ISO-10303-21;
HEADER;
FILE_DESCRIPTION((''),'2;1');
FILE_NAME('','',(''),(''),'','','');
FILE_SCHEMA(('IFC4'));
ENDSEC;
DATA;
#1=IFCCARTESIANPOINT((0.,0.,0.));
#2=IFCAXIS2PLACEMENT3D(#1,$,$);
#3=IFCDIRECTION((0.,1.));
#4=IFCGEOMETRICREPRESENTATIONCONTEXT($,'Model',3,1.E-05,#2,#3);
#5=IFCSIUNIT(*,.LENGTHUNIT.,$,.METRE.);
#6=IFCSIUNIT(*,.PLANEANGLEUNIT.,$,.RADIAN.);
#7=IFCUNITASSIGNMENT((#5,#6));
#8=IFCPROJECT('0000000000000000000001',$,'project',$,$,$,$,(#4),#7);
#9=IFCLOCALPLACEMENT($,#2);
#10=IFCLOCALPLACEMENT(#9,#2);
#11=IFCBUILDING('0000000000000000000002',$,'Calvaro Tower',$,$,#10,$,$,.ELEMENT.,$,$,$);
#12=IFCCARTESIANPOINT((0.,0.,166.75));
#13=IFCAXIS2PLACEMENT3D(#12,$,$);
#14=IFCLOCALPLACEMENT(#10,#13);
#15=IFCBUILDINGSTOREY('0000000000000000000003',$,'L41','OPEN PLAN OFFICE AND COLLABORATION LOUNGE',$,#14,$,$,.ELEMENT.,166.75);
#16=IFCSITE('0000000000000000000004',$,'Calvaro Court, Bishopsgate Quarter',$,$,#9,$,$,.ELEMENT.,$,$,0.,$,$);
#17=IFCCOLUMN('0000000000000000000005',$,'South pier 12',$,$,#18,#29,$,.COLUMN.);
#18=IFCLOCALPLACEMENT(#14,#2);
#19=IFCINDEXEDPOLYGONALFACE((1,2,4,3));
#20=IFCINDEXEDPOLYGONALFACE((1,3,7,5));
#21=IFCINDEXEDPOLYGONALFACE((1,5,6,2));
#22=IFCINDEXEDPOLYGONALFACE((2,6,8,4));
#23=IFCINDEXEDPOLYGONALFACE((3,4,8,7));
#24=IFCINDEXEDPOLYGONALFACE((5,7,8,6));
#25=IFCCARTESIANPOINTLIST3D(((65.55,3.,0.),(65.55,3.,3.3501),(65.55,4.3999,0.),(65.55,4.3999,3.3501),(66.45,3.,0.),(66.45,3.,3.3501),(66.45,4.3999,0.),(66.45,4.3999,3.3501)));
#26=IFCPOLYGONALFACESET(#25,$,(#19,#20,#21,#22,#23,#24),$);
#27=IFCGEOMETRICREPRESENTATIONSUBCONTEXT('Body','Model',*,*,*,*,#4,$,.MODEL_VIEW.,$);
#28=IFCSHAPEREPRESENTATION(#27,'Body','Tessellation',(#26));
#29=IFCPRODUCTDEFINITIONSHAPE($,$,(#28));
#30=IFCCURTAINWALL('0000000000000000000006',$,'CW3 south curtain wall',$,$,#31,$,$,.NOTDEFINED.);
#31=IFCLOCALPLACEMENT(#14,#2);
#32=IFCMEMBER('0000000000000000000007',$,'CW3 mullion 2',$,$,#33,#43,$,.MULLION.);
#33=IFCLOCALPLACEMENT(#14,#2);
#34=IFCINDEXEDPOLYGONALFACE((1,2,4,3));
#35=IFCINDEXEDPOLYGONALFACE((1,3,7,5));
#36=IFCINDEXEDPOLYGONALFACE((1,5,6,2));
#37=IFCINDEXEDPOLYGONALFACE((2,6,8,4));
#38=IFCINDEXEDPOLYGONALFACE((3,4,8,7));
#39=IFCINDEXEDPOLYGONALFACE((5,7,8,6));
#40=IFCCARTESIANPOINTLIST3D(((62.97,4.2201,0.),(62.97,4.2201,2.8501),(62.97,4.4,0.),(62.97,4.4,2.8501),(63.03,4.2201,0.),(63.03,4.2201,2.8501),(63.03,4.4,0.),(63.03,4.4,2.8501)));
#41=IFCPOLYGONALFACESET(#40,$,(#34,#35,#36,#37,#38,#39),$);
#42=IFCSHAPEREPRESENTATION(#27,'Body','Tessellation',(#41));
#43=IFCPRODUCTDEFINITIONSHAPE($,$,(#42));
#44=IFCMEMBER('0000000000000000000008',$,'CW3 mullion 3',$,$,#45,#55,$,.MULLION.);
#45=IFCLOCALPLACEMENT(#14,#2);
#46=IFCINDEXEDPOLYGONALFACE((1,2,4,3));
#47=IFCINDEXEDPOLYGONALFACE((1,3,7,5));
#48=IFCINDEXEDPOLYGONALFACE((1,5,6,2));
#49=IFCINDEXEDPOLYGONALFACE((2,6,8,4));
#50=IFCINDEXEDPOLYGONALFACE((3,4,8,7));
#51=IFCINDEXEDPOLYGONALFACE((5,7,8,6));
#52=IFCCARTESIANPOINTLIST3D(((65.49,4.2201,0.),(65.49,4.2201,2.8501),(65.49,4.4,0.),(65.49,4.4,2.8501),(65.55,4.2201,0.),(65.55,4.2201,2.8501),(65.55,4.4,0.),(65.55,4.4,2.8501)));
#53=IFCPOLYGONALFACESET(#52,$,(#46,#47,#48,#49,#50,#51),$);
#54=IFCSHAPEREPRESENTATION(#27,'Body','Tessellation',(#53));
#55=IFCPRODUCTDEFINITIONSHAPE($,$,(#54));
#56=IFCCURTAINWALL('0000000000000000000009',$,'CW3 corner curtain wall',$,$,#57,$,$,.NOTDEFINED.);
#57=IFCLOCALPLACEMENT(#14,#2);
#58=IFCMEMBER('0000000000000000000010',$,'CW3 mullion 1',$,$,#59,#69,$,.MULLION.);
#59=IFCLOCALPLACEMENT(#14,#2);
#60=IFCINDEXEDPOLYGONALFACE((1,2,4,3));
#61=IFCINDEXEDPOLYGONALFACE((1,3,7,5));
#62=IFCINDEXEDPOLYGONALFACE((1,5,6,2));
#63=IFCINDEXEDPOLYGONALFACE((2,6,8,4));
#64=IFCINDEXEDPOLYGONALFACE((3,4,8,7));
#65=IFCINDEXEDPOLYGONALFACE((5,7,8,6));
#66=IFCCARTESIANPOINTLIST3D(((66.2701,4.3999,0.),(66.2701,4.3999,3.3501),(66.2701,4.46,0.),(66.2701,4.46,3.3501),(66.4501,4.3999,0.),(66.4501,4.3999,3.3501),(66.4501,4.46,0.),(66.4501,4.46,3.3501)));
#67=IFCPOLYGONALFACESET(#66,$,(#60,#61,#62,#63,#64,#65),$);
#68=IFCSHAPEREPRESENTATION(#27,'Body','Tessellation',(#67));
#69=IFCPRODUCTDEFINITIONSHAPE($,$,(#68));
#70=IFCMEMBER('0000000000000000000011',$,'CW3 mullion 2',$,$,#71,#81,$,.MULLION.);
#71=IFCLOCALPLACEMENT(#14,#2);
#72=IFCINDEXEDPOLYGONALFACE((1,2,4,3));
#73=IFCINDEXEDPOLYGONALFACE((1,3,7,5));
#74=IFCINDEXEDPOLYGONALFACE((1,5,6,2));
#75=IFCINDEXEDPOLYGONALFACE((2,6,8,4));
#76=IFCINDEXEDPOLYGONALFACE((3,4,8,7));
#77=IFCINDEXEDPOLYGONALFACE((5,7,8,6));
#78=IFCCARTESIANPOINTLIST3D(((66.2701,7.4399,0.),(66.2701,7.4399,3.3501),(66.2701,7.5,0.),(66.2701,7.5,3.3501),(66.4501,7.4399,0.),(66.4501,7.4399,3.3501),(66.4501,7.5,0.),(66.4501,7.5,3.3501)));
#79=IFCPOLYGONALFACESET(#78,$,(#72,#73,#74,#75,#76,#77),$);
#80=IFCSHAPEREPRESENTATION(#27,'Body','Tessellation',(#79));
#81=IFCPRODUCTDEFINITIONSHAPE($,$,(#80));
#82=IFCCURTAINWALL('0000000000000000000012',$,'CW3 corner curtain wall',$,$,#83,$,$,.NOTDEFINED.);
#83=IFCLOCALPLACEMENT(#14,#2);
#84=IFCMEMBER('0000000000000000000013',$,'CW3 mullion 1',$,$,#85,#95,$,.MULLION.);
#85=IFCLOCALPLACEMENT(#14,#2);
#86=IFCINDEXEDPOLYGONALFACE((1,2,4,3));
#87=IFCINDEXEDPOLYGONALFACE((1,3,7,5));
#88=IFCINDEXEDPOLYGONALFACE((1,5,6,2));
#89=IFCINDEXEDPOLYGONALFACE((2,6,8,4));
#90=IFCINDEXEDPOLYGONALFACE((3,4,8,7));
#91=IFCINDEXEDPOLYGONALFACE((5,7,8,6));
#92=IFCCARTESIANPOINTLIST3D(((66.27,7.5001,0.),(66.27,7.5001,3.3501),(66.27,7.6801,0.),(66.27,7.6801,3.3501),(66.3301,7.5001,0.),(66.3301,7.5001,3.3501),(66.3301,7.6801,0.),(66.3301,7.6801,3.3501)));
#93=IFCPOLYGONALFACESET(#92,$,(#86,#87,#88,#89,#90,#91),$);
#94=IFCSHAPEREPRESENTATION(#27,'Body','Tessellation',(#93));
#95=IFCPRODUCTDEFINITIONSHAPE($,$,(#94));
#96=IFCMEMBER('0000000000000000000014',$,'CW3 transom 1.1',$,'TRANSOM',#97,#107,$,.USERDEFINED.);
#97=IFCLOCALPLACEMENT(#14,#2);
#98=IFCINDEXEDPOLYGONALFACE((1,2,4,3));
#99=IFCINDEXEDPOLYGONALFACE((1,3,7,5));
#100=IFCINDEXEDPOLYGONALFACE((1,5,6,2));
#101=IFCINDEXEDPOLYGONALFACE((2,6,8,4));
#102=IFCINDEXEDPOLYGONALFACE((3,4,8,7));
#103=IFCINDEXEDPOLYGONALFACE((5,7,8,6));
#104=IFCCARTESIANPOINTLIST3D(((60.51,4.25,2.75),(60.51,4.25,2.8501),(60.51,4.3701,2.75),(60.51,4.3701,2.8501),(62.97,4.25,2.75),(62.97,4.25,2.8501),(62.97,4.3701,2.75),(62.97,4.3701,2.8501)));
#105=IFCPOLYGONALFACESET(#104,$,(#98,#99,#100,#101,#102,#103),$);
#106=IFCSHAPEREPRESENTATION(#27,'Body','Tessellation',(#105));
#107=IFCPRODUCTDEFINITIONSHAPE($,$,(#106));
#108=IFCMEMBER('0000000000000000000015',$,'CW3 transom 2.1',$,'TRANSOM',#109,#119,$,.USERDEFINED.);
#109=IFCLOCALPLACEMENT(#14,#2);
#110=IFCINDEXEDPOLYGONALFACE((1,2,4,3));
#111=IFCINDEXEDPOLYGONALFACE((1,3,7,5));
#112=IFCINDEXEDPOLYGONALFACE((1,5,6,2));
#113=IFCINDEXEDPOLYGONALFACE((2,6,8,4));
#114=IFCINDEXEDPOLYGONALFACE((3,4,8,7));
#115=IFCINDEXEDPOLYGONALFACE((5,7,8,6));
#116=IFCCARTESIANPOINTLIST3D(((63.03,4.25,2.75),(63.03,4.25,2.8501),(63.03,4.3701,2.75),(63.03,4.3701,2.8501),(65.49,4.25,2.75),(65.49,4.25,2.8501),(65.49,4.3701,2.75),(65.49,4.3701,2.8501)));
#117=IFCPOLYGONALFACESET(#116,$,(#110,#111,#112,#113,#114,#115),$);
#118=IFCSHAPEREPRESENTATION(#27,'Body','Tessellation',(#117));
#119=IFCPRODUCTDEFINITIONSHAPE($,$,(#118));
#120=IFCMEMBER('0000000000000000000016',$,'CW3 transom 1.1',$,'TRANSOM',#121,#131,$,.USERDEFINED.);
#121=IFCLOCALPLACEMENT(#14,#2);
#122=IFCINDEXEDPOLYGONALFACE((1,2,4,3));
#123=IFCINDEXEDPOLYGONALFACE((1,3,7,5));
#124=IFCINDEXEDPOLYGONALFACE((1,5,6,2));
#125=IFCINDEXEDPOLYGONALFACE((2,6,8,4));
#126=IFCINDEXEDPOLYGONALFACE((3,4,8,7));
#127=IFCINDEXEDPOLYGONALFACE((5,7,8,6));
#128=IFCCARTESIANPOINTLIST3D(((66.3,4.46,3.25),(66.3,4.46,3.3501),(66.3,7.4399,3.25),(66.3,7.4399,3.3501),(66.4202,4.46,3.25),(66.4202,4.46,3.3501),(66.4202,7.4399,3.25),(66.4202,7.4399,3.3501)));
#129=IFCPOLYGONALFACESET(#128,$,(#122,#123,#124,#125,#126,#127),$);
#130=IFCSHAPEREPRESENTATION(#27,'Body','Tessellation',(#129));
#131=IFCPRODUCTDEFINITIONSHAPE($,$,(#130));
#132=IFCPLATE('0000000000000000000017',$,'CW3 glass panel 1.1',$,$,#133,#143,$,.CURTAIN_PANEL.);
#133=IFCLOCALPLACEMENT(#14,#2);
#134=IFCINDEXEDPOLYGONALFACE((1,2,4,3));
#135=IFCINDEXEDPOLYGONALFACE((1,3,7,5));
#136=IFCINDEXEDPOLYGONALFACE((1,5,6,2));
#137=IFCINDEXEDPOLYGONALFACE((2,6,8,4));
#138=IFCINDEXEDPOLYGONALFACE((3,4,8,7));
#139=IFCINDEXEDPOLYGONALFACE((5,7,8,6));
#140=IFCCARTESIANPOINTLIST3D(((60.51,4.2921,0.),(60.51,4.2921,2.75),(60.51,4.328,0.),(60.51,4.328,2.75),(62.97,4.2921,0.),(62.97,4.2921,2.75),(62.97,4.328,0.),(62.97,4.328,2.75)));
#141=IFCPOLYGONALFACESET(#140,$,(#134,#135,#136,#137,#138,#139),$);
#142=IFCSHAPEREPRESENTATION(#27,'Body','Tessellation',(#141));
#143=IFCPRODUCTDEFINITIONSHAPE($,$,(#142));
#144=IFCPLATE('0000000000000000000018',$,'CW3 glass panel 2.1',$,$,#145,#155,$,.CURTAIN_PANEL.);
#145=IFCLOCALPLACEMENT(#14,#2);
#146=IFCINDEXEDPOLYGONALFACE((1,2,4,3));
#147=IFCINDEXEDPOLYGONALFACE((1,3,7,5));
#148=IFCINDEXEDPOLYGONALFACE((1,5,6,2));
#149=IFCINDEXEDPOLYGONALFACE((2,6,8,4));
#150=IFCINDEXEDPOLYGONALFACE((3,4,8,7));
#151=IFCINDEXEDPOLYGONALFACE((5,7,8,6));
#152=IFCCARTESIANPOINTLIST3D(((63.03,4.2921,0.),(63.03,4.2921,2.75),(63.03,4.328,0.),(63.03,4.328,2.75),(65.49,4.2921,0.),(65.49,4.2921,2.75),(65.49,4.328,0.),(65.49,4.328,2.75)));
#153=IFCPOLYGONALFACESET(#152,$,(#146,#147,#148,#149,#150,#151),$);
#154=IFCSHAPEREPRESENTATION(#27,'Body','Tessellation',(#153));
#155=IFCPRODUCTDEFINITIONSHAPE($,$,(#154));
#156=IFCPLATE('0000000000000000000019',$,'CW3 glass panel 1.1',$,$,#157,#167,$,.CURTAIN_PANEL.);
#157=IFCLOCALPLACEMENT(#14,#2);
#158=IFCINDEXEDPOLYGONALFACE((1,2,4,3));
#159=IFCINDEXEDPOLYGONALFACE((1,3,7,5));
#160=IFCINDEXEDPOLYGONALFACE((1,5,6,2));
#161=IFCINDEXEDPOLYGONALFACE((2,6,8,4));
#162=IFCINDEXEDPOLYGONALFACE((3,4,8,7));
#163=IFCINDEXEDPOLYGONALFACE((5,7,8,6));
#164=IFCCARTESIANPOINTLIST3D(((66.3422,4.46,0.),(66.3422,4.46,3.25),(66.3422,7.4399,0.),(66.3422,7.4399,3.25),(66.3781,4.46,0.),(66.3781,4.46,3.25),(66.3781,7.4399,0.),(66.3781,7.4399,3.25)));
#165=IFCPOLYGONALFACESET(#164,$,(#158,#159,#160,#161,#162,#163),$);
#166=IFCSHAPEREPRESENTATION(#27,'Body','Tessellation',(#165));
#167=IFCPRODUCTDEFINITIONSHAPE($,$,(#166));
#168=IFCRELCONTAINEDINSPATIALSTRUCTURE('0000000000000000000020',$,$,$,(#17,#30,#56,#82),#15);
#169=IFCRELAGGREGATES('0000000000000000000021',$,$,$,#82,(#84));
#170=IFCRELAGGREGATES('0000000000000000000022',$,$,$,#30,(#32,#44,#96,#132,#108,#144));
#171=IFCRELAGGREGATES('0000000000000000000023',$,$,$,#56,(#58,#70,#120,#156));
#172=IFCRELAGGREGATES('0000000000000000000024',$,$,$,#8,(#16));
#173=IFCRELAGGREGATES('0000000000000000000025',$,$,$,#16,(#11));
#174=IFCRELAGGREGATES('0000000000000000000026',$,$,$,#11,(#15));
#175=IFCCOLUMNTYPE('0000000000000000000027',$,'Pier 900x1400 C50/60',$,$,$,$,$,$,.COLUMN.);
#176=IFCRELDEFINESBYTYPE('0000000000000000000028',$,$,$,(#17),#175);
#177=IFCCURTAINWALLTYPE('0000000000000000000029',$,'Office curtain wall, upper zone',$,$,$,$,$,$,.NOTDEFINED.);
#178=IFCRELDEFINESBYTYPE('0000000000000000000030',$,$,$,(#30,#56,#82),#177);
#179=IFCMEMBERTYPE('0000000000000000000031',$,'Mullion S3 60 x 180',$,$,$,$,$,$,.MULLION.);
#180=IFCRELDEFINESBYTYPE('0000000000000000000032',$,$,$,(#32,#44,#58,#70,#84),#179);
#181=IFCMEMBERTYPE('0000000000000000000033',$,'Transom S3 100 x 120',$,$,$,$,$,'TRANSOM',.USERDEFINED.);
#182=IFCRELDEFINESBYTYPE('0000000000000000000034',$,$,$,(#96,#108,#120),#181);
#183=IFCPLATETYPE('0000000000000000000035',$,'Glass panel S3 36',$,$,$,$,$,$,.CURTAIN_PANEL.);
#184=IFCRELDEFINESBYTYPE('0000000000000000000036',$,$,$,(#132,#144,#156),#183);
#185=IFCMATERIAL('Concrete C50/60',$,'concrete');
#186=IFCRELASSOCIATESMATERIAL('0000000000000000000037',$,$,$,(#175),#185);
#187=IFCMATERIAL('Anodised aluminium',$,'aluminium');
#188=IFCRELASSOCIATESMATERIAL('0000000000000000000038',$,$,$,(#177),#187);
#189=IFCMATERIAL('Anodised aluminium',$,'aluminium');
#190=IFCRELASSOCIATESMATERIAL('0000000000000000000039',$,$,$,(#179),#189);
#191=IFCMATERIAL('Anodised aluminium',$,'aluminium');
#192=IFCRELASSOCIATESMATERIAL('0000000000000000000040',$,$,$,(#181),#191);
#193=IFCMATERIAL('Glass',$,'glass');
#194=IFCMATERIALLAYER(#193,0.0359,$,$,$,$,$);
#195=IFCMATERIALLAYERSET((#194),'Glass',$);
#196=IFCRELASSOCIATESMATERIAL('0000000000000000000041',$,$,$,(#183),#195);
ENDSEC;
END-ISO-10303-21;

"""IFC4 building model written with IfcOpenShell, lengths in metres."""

from ifc_helpers import new_model, si_unit, direction, frame, origin, origin_2d, place, context, subcontext, project, spatial, rectangle, extrude, material, layer, layer_set, material_profile, profile_set, type_object, element, aggregate, save


model = new_model("IFC4")

# Units and contexts
model_context = context("Model", 3, precision=1e-05, world=origin(), true_north=direction((0.0, 1.0)))
body_context = subcontext(model_context, "Body", "Model", "MODEL_VIEW")
ifc_project = project(units=[si_unit("LENGTHUNIT", "METRE"), si_unit("PLANEANGLEUNIT", "RADIAN")], contexts=[model_context])

# Site, building, storey
site_placement = place(None, origin())
site = spatial("IfcSite", under=ifc_project, at=site_placement, Name="Calvaro Court, Bishopsgate Quarter", CompositionType="ELEMENT", RefElevation=0.0)
building_placement = place(site_placement, origin())
building = spatial("IfcBuilding", under=site, at=building_placement, Name="Calvaro Tower", CompositionType="ELEMENT")
storey_placement = place(building_placement, frame((0.0, 0.0, 166.75)))
storey = spatial("IfcBuildingStorey", under=building, at=storey_placement, Name="L41", Description="OPEN PLAN OFFICE AND COLLABORATION LOUNGE", CompositionType="ELEMENT", Elevation=166.75)

# Column
ifc_material_1 = material(Name="Concrete C50/60", Category="concrete")
ifc_material_profile_1 = material_profile(ifc_material_1, rectangle(XDim=0.8999, YDim=1.3999, at=origin_2d()), Name="RC 900x1400")
ifc_profile_set_1 = profile_set([ifc_material_profile_1], Name="Concrete C50/60")
column_type = type_object("IfcColumnType", Name="Pier 900x1400 C50/60", PredefinedType="COLUMN", material=ifc_profile_set_1)
column_placement = place(storey_placement, frame((66.0, 3.7, 0.0), z_axis=(0.0, 0.0, 1.0), x_axis=(1.0, 0.0, 0.0)))
element("IfcColumn", 1, at=column_placement, inside=storey, type_object=column_type, Name="South pier 12", PredefinedType="COLUMN", context=body_context, shape_type="SweptSolid", body=[
    extrude(rectangle(XDim=0.8999, YDim=1.3999, at=origin_2d()), origin(), (0.0, 0.0, 1.0), 3.3501),
])

# Curtain walls, members
ifc_material_2 = material(Name="Anodised aluminium", Category="aluminium")
curtain_wall_type = type_object("IfcCurtainWallType", Name="Office curtain wall, upper zone", PredefinedType="NOTDEFINED", material=ifc_material_2)
curtain_wall_1_placement = place(storey_placement, origin())
curtain_wall_1 = element("IfcCurtainWall", 2, at=curtain_wall_1_placement, inside=storey, type_object=curtain_wall_type, Name="CW3 south curtain wall", PredefinedType="NOTDEFINED")
ifc_material_3 = material(Name="Anodised aluminium", Category="aluminium")
ifc_material_profile_2 = material_profile(ifc_material_3, rectangle(XDim=0.1799, YDim=0.0601, at=origin_2d()), Name="Mullion S3 60 x 180")
ifc_profile_set_2 = profile_set([ifc_material_profile_2], Name="Anodised aluminium")
member_type_1 = type_object("IfcMemberType", Name="Mullion S3 60 x 180", PredefinedType="MULLION", material=ifc_profile_set_2)
member_1_placement = place(storey_placement, frame((63.0, 4.3101, 0.0), z_axis=(0.0, 0.0, 1.0), x_axis=(0.0, 1.0, 0.0)))
member_1 = element("IfcMember", 3, at=member_1_placement, type_object=member_type_1, Name="CW3 mullion 2", PredefinedType="MULLION", context=body_context, shape_type="SweptSolid", body=[
    extrude(rectangle(XDim=0.1799, YDim=0.0601, at=origin_2d()), origin(), (0.0, 0.0, 1.0), 2.8501),
])
member_2_placement = place(storey_placement, frame((65.52, 4.3101, 0.0), z_axis=(0.0, 0.0, 1.0), x_axis=(0.0, 1.0, 0.0)))
member_2 = element("IfcMember", 4, at=member_2_placement, type_object=member_type_1, Name="CW3 mullion 3", PredefinedType="MULLION", context=body_context, shape_type="SweptSolid", body=[
    extrude(rectangle(XDim=0.1799, YDim=0.0601, at=origin_2d()), origin(), (0.0, 0.0, 1.0), 2.8501),
])
curtain_wall_2_placement = place(storey_placement, origin())
curtain_wall_2 = element("IfcCurtainWall", 5, at=curtain_wall_2_placement, inside=storey, type_object=curtain_wall_type, Name="CW3 corner curtain wall", PredefinedType="NOTDEFINED")
member_3_placement = place(storey_placement, frame((66.3601, 4.4299, 0.0), z_axis=(0.0, 0.0, 1.0), x_axis=(-1.0, 0.0, 0.0)))
member_3 = element("IfcMember", 6, at=member_3_placement, type_object=member_type_1, Name="CW3 mullion 1", PredefinedType="MULLION", context=body_context, shape_type="SweptSolid", body=[
    extrude(rectangle(XDim=0.1799, YDim=0.0601, at=origin_2d()), origin(), (0.0, 0.0, 1.0), 3.3501),
])
member_4_placement = place(storey_placement, frame((66.3601, 7.47, 0.0), z_axis=(0.0, 0.0, 1.0), x_axis=(-1.0, 0.0, 0.0)))
member_4 = element("IfcMember", 7, at=member_4_placement, type_object=member_type_1, Name="CW3 mullion 2", PredefinedType="MULLION", context=body_context, shape_type="SweptSolid", body=[
    extrude(rectangle(XDim=0.1799, YDim=0.0601, at=origin_2d()), origin(), (0.0, 0.0, 1.0), 3.3501),
])

# Curtain wall, member
curtain_wall_3_placement = place(storey_placement, origin())
curtain_wall_3 = element("IfcCurtainWall", 8, at=curtain_wall_3_placement, inside=storey, type_object=curtain_wall_type, Name="CW3 corner curtain wall", PredefinedType="NOTDEFINED")
member_5_placement = place(storey_placement, frame((66.3, 7.5901, 0.0), z_axis=(0.0, 0.0, 1.0), x_axis=(0.0, 1.0, 0.0)))
member_5 = element("IfcMember", 9, at=member_5_placement, type_object=member_type_1, Name="CW3 mullion 1", PredefinedType="MULLION", context=body_context, shape_type="SweptSolid", body=[
    extrude(rectangle(XDim=0.1799, YDim=0.0601, at=origin_2d()), origin(), (0.0, 0.0, 1.0), 3.3501),
])
aggregate(curtain_wall_3, [member_5])

# Members
ifc_material_4 = material(Name="Anodised aluminium", Category="aluminium")
ifc_material_profile_3 = material_profile(ifc_material_4, rectangle(XDim=0.1201, YDim=0.1001, at=origin_2d()), Name="Transom S3 100 x 120")
ifc_profile_set_3 = profile_set([ifc_material_profile_3], Name="Anodised aluminium")
member_type_2 = type_object("IfcMemberType", Name="Transom S3 100 x 120", ElementType="TRANSOM", PredefinedType="USERDEFINED", material=ifc_profile_set_3)
member_6_placement = place(storey_placement, frame((60.51, 4.3101, 2.8), z_axis=(1.0, 0.0, 0.0), x_axis=(0.0, 1.0, 0.0)))
member_6 = element("IfcMember", 10, at=member_6_placement, type_object=member_type_2, Name="CW3 transom 1.1", ObjectType="TRANSOM", PredefinedType="USERDEFINED", context=body_context, shape_type="SweptSolid", body=[
    extrude(rectangle(XDim=0.1201, YDim=0.1001, at=origin_2d()), origin(), (0.0, 0.0, 1.0), 2.46),
])
member_7_placement = place(storey_placement, frame((63.03, 4.3101, 2.8), z_axis=(1.0, 0.0, 0.0), x_axis=(0.0, 1.0, 0.0)))
member_7 = element("IfcMember", 11, at=member_7_placement, type_object=member_type_2, Name="CW3 transom 2.1", ObjectType="TRANSOM", PredefinedType="USERDEFINED", context=body_context, shape_type="SweptSolid", body=[
    extrude(rectangle(XDim=0.1201, YDim=0.1001, at=origin_2d()), origin(), (0.0, 0.0, 1.0), 2.46),
])
member_8_placement = place(storey_placement, frame((66.3601, 4.46, 3.3), z_axis=(0.0, 1.0, 0.0), x_axis=(-1.0, 0.0, 0.0)))
member_8 = element("IfcMember", 12, at=member_8_placement, type_object=member_type_2, Name="CW3 transom 1.1", ObjectType="TRANSOM", PredefinedType="USERDEFINED", context=body_context, shape_type="SweptSolid", body=[
    extrude(rectangle(XDim=0.1201, YDim=0.1001, at=origin_2d()), origin(), (0.0, 0.0, 1.0), 2.98),
])

# Plates
ifc_material_5 = material(Name="Glass", Category="glass")
ifc_layer_1 = layer(ifc_material_5, 0.0359)
ifc_layer_set_1 = layer_set([ifc_layer_1], Name="Glass")
plate_type = type_object("IfcPlateType", Name="Glass panel S3 36", PredefinedType="CURTAIN_PANEL", material=ifc_layer_set_1)
plate_1_placement = place(storey_placement, frame((61.74, 4.3101, 0.0), z_axis=(0.0, 0.0, 1.0), x_axis=(1.0, 0.0, 0.0)))
plate_1 = element("IfcPlate", 13, at=plate_1_placement, type_object=plate_type, Name="CW3 glass panel 1.1", PredefinedType="CURTAIN_PANEL", context=body_context, shape_type="SweptSolid", body=[
    extrude(rectangle(XDim=2.46, YDim=0.0359, at=origin_2d()), origin(), (0.0, 0.0, 1.0), 2.75),
])
plate_2_placement = place(storey_placement, frame((64.26, 4.3101, 0.0), z_axis=(0.0, 0.0, 1.0), x_axis=(1.0, 0.0, 0.0)))
plate_2 = element("IfcPlate", 14, at=plate_2_placement, type_object=plate_type, Name="CW3 glass panel 2.1", PredefinedType="CURTAIN_PANEL", context=body_context, shape_type="SweptSolid", body=[
    extrude(rectangle(XDim=2.46, YDim=0.0359, at=origin_2d()), origin(), (0.0, 0.0, 1.0), 2.75),
])
aggregate(curtain_wall_1, [member_1, member_2, member_6, plate_1, member_7, plate_2])
plate_3_placement = place(storey_placement, frame((66.3601, 5.95, 0.0), z_axis=(0.0, 0.0, 1.0), x_axis=(0.0, 1.0, 0.0)))
plate_3 = element("IfcPlate", 15, at=plate_3_placement, type_object=plate_type, Name="CW3 glass panel 1.1", PredefinedType="CURTAIN_PANEL", context=body_context, shape_type="SweptSolid", body=[
    extrude(rectangle(XDim=2.98, YDim=0.0359, at=origin_2d()), origin(), (0.0, 0.0, 1.0), 3.25),
])
aggregate(curtain_wall_2, [member_3, member_4, member_8, plate_3])

save(model, "model.ifc")
